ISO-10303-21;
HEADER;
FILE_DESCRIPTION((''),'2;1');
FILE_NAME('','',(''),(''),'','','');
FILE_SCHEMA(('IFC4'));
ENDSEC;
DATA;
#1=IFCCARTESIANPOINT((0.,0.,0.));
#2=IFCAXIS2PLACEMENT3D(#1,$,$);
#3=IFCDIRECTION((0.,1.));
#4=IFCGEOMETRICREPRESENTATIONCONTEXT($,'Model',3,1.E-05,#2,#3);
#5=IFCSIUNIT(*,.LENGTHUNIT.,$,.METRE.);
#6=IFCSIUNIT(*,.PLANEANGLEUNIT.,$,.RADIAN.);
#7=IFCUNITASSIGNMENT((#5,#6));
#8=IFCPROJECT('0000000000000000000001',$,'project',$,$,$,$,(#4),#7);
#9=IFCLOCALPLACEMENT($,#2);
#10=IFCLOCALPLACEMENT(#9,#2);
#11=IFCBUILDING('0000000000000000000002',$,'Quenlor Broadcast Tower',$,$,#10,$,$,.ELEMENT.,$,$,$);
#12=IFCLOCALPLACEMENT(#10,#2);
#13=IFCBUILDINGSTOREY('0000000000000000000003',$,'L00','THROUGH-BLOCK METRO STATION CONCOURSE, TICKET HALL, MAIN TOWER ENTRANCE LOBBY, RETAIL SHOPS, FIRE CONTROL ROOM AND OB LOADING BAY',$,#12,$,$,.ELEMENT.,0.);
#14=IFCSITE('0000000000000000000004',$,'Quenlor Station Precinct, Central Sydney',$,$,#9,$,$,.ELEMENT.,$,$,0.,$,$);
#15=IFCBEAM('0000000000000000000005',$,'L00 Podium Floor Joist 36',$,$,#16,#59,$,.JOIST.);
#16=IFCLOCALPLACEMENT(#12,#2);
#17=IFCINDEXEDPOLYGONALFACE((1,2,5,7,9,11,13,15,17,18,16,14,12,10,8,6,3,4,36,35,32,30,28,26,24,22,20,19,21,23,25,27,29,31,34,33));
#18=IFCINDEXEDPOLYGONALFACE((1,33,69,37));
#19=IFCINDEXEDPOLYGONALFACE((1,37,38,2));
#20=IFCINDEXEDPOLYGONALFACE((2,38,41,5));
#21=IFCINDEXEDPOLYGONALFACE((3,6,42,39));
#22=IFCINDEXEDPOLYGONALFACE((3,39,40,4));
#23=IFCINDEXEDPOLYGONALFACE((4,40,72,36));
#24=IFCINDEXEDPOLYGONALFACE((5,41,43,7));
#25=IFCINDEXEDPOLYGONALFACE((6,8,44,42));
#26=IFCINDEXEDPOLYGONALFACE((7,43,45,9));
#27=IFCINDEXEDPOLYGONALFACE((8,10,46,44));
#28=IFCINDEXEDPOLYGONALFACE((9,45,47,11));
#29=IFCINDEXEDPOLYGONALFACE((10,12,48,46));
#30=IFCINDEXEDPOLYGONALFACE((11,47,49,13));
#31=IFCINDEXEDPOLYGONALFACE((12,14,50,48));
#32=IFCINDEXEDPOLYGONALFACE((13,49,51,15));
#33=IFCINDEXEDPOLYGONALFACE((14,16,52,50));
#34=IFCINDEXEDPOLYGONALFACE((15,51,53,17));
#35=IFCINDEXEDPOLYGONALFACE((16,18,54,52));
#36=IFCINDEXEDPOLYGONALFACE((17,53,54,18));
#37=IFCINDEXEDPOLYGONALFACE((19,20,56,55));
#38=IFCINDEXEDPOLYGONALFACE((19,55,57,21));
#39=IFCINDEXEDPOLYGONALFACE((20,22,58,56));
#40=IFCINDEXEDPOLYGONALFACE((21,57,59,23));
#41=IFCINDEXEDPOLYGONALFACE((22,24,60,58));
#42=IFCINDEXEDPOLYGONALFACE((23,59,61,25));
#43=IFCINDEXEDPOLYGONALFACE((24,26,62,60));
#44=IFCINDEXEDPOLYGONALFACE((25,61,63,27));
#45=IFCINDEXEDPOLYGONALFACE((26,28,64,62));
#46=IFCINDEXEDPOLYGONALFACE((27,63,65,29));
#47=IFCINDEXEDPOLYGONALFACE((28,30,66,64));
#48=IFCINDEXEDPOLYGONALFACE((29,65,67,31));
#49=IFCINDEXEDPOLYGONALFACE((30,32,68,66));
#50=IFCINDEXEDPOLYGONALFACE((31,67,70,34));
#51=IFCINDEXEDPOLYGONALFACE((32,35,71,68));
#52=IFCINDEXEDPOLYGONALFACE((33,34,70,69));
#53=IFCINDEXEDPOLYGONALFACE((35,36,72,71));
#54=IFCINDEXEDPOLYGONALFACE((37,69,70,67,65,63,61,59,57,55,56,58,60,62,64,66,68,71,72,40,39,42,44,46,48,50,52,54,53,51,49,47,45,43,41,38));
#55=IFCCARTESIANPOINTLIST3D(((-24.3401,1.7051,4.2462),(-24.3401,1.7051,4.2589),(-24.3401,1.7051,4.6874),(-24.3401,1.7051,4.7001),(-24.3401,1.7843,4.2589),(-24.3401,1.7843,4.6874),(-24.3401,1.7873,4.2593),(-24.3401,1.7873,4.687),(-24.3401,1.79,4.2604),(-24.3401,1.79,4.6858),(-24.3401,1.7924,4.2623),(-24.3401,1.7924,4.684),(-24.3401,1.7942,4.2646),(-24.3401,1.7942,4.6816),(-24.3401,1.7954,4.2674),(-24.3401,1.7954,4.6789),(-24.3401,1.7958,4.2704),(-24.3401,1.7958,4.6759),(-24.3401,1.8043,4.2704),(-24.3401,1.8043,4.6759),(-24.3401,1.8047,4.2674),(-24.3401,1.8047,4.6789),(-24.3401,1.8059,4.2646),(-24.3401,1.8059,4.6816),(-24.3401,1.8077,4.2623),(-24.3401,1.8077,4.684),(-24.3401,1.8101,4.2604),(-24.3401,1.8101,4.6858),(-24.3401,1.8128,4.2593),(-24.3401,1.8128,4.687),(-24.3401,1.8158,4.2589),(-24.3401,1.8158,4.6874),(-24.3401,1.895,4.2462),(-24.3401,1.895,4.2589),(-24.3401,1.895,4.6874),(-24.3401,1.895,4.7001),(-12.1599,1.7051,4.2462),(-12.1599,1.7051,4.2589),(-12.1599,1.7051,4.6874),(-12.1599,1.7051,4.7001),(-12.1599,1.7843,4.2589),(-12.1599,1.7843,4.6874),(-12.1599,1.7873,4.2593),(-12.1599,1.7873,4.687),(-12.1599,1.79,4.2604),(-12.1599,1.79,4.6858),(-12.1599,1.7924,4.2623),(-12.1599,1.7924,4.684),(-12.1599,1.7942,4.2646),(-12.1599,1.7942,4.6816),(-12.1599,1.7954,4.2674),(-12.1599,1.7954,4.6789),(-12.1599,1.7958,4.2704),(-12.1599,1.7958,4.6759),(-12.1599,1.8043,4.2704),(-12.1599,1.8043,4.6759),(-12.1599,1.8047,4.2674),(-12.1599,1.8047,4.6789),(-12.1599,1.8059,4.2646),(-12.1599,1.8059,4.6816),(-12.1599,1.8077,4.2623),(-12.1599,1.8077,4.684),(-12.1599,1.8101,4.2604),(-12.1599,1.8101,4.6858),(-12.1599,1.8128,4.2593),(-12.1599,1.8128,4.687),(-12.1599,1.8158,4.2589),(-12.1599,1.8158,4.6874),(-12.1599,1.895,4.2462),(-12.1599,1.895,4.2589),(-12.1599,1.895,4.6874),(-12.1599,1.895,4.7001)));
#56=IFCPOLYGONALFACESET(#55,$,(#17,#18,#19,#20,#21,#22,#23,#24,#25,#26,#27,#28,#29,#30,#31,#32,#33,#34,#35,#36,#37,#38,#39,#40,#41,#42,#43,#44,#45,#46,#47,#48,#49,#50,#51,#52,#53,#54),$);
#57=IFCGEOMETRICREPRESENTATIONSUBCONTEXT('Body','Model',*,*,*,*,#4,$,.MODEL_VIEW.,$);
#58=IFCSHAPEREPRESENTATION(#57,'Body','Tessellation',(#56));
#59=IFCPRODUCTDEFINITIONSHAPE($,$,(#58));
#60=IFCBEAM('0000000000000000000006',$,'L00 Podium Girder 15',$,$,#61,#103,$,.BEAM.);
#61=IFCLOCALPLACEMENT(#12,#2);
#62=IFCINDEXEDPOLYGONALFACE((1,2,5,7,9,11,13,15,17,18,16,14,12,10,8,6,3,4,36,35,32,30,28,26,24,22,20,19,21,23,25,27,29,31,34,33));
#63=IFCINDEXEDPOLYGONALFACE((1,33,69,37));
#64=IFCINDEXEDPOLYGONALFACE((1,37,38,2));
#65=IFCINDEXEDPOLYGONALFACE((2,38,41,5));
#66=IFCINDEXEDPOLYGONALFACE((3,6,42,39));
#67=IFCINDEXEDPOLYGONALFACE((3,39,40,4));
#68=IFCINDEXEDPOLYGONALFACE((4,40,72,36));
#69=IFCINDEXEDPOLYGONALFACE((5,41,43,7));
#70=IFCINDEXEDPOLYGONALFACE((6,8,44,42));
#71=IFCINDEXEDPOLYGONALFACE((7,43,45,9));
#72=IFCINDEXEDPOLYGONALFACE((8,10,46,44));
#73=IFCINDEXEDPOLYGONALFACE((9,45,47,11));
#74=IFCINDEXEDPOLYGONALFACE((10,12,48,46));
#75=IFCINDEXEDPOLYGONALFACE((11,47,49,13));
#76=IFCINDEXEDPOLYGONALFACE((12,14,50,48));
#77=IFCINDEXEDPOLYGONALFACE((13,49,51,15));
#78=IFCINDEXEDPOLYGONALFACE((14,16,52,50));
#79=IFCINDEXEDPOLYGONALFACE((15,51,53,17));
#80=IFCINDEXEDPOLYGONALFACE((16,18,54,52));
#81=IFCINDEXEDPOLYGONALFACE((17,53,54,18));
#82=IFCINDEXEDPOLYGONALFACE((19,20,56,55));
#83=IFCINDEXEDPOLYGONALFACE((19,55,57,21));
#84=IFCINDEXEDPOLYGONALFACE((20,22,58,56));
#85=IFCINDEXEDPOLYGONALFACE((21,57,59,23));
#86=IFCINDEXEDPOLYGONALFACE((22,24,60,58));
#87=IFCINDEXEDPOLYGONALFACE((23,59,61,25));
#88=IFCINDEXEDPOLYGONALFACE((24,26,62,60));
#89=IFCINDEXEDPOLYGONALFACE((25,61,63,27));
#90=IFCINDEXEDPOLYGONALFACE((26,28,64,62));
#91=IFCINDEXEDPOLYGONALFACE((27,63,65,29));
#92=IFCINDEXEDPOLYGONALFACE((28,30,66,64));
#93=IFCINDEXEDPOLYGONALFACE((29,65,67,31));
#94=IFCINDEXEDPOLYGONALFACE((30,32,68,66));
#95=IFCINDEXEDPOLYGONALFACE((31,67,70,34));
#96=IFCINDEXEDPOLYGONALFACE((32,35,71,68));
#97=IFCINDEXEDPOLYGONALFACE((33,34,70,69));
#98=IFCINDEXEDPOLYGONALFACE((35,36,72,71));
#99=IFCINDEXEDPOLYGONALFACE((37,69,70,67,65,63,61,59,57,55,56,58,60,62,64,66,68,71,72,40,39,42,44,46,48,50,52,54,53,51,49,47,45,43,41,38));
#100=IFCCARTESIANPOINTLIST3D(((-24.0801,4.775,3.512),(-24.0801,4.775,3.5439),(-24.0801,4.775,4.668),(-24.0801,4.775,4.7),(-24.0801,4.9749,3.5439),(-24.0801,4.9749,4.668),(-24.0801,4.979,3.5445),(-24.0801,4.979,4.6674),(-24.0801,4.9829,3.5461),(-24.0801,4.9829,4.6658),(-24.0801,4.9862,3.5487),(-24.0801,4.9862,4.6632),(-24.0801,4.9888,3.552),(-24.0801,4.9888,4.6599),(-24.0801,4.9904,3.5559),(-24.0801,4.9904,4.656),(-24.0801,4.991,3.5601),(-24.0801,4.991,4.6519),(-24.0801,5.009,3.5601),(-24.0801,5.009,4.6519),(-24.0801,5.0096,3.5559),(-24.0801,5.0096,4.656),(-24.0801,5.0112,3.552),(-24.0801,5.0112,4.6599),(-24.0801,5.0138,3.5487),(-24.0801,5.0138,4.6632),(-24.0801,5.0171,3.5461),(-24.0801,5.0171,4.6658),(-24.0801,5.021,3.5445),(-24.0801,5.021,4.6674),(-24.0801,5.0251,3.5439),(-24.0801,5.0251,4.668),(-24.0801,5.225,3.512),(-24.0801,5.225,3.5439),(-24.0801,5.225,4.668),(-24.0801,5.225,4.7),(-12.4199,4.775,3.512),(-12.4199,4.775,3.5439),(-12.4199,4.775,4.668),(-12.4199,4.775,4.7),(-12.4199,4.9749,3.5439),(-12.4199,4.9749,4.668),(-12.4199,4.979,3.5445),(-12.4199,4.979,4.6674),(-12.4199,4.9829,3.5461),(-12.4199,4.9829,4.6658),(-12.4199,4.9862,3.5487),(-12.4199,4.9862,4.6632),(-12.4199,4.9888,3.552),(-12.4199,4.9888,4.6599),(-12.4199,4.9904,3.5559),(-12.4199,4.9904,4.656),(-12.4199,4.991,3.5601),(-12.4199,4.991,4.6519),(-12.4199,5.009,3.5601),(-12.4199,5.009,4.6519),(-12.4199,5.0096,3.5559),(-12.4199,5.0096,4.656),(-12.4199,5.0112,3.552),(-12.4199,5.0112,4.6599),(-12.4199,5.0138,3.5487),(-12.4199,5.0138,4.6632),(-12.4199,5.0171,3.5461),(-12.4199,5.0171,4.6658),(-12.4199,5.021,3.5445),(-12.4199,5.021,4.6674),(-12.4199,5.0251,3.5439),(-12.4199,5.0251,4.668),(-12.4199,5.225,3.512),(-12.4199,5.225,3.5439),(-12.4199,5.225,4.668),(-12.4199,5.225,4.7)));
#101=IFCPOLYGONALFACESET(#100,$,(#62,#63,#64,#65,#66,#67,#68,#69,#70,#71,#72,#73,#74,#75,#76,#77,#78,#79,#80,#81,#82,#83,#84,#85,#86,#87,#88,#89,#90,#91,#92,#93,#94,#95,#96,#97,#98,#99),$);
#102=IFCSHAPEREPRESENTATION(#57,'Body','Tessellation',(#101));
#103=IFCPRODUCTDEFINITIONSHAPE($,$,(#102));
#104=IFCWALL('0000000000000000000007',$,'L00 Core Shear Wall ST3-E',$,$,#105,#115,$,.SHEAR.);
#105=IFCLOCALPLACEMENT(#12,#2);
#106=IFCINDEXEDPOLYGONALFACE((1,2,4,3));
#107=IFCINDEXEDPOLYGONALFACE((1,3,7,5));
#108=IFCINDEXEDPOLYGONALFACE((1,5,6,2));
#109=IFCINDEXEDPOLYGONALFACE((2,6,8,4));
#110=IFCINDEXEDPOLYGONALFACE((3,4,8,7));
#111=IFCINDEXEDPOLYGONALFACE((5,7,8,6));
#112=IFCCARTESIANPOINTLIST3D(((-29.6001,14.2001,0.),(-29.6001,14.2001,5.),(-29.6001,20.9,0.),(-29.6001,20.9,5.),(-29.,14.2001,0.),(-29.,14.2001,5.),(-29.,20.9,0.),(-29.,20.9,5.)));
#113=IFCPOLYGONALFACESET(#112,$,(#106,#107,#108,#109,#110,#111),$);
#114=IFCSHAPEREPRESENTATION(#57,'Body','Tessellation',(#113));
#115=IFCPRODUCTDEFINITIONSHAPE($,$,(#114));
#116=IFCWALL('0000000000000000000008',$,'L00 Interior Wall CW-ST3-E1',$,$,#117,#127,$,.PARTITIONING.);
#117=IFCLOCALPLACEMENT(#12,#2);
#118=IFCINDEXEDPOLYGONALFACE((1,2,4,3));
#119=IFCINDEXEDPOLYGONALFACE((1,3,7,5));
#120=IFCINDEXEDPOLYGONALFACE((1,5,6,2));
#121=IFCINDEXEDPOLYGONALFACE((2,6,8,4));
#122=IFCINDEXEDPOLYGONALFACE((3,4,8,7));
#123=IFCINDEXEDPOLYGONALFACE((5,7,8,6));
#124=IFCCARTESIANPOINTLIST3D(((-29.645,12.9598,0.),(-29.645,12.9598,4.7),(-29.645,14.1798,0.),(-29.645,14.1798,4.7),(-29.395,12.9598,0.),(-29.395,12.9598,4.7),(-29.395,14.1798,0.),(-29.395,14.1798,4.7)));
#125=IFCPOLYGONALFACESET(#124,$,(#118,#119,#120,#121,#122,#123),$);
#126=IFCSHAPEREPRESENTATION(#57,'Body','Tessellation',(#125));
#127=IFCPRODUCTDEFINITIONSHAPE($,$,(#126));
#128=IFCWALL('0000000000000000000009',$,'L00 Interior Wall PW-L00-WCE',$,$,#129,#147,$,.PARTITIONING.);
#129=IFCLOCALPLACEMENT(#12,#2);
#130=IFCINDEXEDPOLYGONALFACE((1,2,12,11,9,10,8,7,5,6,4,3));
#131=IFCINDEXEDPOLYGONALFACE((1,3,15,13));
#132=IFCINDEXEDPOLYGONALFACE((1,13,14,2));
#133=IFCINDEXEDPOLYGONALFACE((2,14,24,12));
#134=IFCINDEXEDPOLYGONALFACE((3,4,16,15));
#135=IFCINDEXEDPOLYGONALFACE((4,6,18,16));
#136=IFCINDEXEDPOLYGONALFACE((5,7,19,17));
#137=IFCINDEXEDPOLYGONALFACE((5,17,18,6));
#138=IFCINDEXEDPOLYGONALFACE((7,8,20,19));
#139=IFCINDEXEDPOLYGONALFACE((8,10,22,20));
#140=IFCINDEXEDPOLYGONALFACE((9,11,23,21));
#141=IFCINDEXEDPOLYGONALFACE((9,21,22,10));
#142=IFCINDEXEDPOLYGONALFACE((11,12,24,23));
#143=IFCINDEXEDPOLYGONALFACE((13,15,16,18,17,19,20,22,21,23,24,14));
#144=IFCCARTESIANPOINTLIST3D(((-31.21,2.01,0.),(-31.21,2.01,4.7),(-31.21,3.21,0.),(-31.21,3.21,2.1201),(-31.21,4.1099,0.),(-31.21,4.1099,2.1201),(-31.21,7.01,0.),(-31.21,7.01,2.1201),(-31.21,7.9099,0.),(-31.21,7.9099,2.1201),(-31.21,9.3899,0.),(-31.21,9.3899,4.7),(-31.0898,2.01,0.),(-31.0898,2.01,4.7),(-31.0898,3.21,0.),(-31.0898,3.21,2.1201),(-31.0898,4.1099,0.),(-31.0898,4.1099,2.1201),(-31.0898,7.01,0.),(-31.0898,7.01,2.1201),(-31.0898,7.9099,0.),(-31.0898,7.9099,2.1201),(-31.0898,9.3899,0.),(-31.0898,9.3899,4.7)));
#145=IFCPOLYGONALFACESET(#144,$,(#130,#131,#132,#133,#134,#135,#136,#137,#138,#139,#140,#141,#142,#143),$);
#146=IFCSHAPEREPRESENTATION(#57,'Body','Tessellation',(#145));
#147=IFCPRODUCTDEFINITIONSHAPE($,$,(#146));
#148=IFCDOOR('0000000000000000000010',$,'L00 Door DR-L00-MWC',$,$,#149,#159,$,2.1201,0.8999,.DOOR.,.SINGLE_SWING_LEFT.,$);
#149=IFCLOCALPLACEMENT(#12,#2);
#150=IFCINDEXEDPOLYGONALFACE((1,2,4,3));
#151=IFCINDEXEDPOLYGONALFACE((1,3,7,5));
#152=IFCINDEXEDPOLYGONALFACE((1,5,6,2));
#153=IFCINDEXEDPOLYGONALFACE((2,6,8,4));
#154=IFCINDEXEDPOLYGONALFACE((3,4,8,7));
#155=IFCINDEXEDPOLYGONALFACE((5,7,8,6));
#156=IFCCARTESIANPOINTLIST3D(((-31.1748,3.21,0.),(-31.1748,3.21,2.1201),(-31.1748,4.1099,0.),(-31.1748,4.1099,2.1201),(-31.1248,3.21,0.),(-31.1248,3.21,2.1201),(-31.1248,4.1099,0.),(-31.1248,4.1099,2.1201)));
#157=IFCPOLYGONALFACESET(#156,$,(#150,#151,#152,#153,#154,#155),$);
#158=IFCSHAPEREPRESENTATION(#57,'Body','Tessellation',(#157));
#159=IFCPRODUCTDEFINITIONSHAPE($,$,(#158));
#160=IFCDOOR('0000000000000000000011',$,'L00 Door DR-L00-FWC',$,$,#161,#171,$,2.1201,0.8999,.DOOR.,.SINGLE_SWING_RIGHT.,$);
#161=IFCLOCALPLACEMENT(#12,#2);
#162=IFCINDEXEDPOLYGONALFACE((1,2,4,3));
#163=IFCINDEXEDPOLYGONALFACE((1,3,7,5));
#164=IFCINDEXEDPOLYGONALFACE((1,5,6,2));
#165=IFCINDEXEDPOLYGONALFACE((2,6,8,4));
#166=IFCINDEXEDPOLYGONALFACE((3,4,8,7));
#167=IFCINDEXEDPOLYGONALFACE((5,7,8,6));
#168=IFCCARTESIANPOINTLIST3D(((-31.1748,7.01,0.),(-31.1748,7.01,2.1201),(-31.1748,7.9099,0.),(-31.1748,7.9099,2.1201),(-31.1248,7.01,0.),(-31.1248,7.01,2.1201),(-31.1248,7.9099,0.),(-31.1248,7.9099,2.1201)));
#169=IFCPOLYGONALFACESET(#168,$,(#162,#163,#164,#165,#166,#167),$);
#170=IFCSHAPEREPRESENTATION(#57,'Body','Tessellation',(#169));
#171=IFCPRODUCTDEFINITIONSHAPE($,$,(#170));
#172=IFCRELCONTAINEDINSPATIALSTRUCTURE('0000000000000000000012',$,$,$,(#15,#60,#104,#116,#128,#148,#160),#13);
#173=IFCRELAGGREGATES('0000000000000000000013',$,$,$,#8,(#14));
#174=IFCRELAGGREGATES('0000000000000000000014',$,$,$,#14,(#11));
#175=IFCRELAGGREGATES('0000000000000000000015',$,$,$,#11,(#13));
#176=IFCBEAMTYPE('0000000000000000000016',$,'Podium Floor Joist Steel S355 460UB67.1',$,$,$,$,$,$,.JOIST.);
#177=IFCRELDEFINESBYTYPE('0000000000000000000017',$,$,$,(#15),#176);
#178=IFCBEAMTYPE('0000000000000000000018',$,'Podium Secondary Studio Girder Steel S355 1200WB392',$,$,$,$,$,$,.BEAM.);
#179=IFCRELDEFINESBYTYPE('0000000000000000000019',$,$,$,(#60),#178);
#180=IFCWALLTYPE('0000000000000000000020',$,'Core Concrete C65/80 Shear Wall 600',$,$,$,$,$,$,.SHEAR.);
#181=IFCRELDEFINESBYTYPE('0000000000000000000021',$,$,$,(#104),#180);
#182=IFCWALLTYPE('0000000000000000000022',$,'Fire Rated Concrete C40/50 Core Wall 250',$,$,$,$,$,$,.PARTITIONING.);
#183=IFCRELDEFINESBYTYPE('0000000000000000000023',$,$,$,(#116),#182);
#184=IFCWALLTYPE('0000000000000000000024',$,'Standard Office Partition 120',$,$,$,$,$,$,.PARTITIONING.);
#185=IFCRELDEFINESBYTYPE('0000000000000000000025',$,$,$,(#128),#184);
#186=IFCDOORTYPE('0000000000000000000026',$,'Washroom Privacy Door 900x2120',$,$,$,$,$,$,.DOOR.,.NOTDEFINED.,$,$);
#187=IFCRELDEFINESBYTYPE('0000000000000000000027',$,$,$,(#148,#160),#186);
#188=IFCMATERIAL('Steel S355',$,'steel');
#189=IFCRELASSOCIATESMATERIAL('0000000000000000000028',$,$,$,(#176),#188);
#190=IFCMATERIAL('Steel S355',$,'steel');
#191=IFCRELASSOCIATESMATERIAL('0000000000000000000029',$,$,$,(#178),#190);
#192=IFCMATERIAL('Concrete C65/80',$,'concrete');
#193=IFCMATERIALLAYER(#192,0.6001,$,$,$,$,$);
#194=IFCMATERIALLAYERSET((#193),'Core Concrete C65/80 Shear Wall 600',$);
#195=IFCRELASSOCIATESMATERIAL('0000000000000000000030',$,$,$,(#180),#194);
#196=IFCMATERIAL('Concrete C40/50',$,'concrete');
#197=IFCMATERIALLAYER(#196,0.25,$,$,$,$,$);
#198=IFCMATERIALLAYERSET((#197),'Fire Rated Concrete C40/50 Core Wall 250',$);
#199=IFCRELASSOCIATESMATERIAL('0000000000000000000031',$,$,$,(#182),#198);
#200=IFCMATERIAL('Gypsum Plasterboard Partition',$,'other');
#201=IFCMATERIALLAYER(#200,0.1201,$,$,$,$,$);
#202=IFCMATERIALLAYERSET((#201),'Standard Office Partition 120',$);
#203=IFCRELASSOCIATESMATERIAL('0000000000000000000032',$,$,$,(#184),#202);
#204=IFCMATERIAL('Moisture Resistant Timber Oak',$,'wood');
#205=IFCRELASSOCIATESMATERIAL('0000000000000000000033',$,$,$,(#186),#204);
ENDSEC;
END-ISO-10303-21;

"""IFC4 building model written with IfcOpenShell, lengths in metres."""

from ifc_helpers import new_model, si_unit, direction, frame, frame_2d, origin, origin_2d, place, context, subcontext, project, spatial, rectangle, i_section, extrude, material, layer, layer_set, material_profile, profile_set, type_object, element, fill, save


model = new_model("IFC4")

# Units and contexts
model_context = context("Model", 3, precision=1e-05, world=origin(), true_north=direction((0.0, 1.0)))
body_context = subcontext(model_context, "Body", "Model", "MODEL_VIEW")
ifc_project = project(units=[si_unit("LENGTHUNIT", "METRE"), si_unit("PLANEANGLEUNIT", "RADIAN")], contexts=[model_context])

# Site, building, storey
site_placement = place(None, origin())
site = spatial("IfcSite", under=ifc_project, at=site_placement, Name="Quenlor Station Precinct, Central Sydney", CompositionType="ELEMENT", RefElevation=0.0)
building_placement = place(site_placement, origin())
building = spatial("IfcBuilding", under=site, at=building_placement, Name="Quenlor Broadcast Tower", CompositionType="ELEMENT")
storey_placement = place(building_placement, origin())
storey = spatial("IfcBuildingStorey", under=building, at=storey_placement, Name="L00", Description="THROUGH-BLOCK METRO STATION CONCOURSE, TICKET HALL, MAIN TOWER ENTRANCE LOBBY, RETAIL SHOPS, FIRE CONTROL ROOM AND OB LOADING BAY", CompositionType="ELEMENT", Elevation=0.0)

# Beams
ifc_material_1 = material(Name="Steel S355", Category="steel")
ifc_material_profile_1 = material_profile(ifc_material_1, i_section(OverallWidth=0.1899, OverallDepth=0.4539, WebThickness=0.0085, FlangeThickness=0.0127, FilletRadius=0.0115, at=origin_2d()))
ifc_profile_set_1 = profile_set([ifc_material_profile_1], Name="Steel S355 460UB67.1")
beam_type_1 = type_object("IfcBeamType", Name="Podium Floor Joist Steel S355 460UB67.1", PredefinedType="JOIST", material=ifc_profile_set_1)
for number, where, z_axis, x_axis, name in (
    (1, (-24.3401, 1.8, 4.4731), (1.0, 0.0, 0.0), (0.0, 1.0, 0.0), "L00 Podium Floor Joist 36"),
):
    element("IfcBeam", number, at=place(storey_placement, frame(where, z_axis=z_axis, x_axis=x_axis)), inside=storey, type_object=beam_type_1, Name=name, PredefinedType="JOIST", context=body_context, shape_type="SweptSolid", body=[
        extrude(i_section(OverallWidth=0.1899, OverallDepth=0.4539, WebThickness=0.0085, FlangeThickness=0.0127, FilletRadius=0.0115, at=origin_2d()), origin(), (0.0, 0.0, 1.0), 12.1802),
    ])
ifc_material_2 = material(Name="Steel S355", Category="steel")
ifc_material_profile_2 = material_profile(ifc_material_2, i_section(OverallWidth=0.45, OverallDepth=1.188, WebThickness=0.0181, FlangeThickness=0.032, FilletRadius=0.0161, at=origin_2d()))
ifc_profile_set_2 = profile_set([ifc_material_profile_2], Name="Steel S355 1200WB392")
beam_type_2 = type_object("IfcBeamType", Name="Podium Secondary Studio Girder Steel S355 1200WB392", PredefinedType="BEAM", material=ifc_profile_set_2)
beam_1_placement = place(storey_placement, frame((-24.0801, 5.0, 4.106), z_axis=(1.0, 0.0, 0.0), x_axis=(0.0, 1.0, 0.0)))
element("IfcBeam", 2, at=beam_1_placement, inside=storey, type_object=beam_type_2, Name="L00 Podium Girder 15", PredefinedType="BEAM", context=body_context, shape_type="SweptSolid", body=[
    extrude(i_section(OverallWidth=0.45, OverallDepth=1.188, WebThickness=0.0181, FlangeThickness=0.032, FilletRadius=0.0161, at=origin_2d()), origin(), (0.0, 0.0, 1.0), 11.6602),
])

# Wall
ifc_material_3 = material(Name="Concrete C65/80", Category="concrete")
ifc_layer_1 = layer(ifc_material_3, 0.6001)
ifc_layer_set_1 = layer_set([ifc_layer_1], Name="Core Concrete C65/80 Shear Wall 600")
wall_type_1 = type_object("IfcWallType", Name="Core Concrete C65/80 Shear Wall 600", PredefinedType="SHEAR", material=ifc_layer_set_1)
wall_1_placement = place(storey_placement, frame((-29.3, 14.2, 0.0), z_axis=(0.0, 0.0, 1.0), x_axis=(0.0, 1.0, 0.0)))
element("IfcWall", 3, at=wall_1_placement, inside=storey, type_object=wall_type_1, Name="L00 Core Shear Wall ST3-E", PredefinedType="SHEAR", context=body_context, shape_type="SweptSolid", body=[
    extrude(rectangle(XDim=6.7, YDim=0.6001, at=frame_2d((3.3501, 0.0))), origin(), (0.0, 0.0, 1.0), 5.0),
])

# Shared definitions
ifc_material_4 = material(Name="Concrete C40/50", Category="concrete")
ifc_layer_2 = layer(ifc_material_4, 0.25)
ifc_layer_set_2 = layer_set([ifc_layer_2], Name="Fire Rated Concrete C40/50 Core Wall 250")
wall_type_2 = type_object("IfcWallType", Name="Fire Rated Concrete C40/50 Core Wall 250", PredefinedType="PARTITIONING", material=ifc_layer_set_2)

# Wall
wall_2_placement = place(storey_placement, frame((-29.52, 12.96, 0.0), z_axis=(0.0, 0.0, 1.0), x_axis=(0.0, 1.0, 0.0)))
element("IfcWall", 4, at=wall_2_placement, inside=storey, type_object=wall_type_2, Name="L00 Interior Wall CW-ST3-E1", PredefinedType="PARTITIONING", context=body_context, shape_type="SweptSolid", body=[
    extrude(rectangle(XDim=1.22, YDim=0.25, at=frame_2d((0.6099, 0.0))), origin(), (0.0, 0.0, 1.0), 4.7),
])

# Wall, openings, doors
ifc_material_5 = material(Name="Gypsum Plasterboard Partition", Category="other")
ifc_layer_3 = layer(ifc_material_5, 0.1201)
ifc_layer_set_3 = layer_set([ifc_layer_3], Name="Standard Office Partition 120")
wall_type_3 = type_object("IfcWallType", Name="Standard Office Partition 120", PredefinedType="PARTITIONING", material=ifc_layer_set_3)
wall_3_placement = place(storey_placement, frame((-31.1499, 2.01, 0.0), z_axis=(0.0, 0.0, 1.0), x_axis=(0.0, 1.0, 0.0)))
wall_3 = element("IfcWall", 5, at=wall_3_placement, inside=storey, type_object=wall_type_3, Name="L00 Interior Wall PW-L00-WCE", PredefinedType="PARTITIONING", context=body_context, shape_type="SweptSolid", body=[
    extrude(rectangle(XDim=7.3799, YDim=0.1201, at=frame_2d((3.6899, 0.0))), origin(), (0.0, 0.0, 1.0), 4.7),
])
opening_1_placement = place(wall_3_placement, frame((1.2, 0.0, 0.0)))
opening_1 = element("IfcOpeningElement", 6, at=opening_1_placement, cuts=wall_3, PredefinedType="OPENING", context=body_context, shape_type="SweptSolid", body=[
    extrude(rectangle(XDim=0.8999, YDim=2.1201, at=frame_2d((0.45, 1.0601))), frame((0.0, 0.0701, 0.0), z_axis=(0.0, -1.0, 0.0), x_axis=(1.0, 0.0, 0.0)), (0.0, 0.0, 1.0), 0.1401),
])
opening_2_placement = place(wall_3_placement, frame((5.0, 0.0, 0.0)))
opening_2 = element("IfcOpeningElement", 7, at=opening_2_placement, cuts=wall_3, PredefinedType="OPENING", context=body_context, shape_type="SweptSolid", body=[
    extrude(rectangle(XDim=0.8999, YDim=2.1201, at=frame_2d((0.45, 1.0601))), frame((0.0, 0.0701, 0.0), z_axis=(0.0, -1.0, 0.0), x_axis=(1.0, 0.0, 0.0)), (0.0, 0.0, 1.0), 0.1401),
])
ifc_material_6 = material(Name="Moisture Resistant Timber Oak", Category="wood")
door_type_1 = type_object("IfcDoorType", Name="Washroom Privacy Door 900x2120", OperationType="NOTDEFINED", PredefinedType="DOOR", material=ifc_material_6)
door_1_placement = place(opening_1_placement, origin())
door_1 = element("IfcDoor", 8, at=door_1_placement, inside=storey, type_object=door_type_1, Name="L00 Door DR-L00-MWC", OperationType="SINGLE_SWING_LEFT", OverallHeight=2.1201, OverallWidth=0.8999, PredefinedType="DOOR", context=body_context, shape_type="SweptSolid", body=[
    extrude(rectangle(XDim=0.8999, YDim=2.1201, at=frame_2d((0.45, 1.0601))), frame((0.0, 0.0249, 0.0), z_axis=(0.0, -1.0, 0.0), x_axis=(1.0, 0.0, 0.0)), (0.0, 0.0, 1.0), 0.05),
])
fill(opening_1, door_1)
door_2_placement = place(opening_2_placement, origin())
door_2 = element("IfcDoor", 9, at=door_2_placement, inside=storey, type_object=door_type_1, Name="L00 Door DR-L00-FWC", OperationType="SINGLE_SWING_RIGHT", OverallHeight=2.1201, OverallWidth=0.8999, PredefinedType="DOOR", context=body_context, shape_type="SweptSolid", body=[
    extrude(rectangle(XDim=0.8999, YDim=2.1201, at=frame_2d((0.45, 1.0601))), frame((0.0, 0.0249, 0.0), z_axis=(0.0, -1.0, 0.0), x_axis=(1.0, 0.0, 0.0)), (0.0, 0.0, 1.0), 0.05),
])
fill(opening_2, door_2)

save(model, "model.ifc")
